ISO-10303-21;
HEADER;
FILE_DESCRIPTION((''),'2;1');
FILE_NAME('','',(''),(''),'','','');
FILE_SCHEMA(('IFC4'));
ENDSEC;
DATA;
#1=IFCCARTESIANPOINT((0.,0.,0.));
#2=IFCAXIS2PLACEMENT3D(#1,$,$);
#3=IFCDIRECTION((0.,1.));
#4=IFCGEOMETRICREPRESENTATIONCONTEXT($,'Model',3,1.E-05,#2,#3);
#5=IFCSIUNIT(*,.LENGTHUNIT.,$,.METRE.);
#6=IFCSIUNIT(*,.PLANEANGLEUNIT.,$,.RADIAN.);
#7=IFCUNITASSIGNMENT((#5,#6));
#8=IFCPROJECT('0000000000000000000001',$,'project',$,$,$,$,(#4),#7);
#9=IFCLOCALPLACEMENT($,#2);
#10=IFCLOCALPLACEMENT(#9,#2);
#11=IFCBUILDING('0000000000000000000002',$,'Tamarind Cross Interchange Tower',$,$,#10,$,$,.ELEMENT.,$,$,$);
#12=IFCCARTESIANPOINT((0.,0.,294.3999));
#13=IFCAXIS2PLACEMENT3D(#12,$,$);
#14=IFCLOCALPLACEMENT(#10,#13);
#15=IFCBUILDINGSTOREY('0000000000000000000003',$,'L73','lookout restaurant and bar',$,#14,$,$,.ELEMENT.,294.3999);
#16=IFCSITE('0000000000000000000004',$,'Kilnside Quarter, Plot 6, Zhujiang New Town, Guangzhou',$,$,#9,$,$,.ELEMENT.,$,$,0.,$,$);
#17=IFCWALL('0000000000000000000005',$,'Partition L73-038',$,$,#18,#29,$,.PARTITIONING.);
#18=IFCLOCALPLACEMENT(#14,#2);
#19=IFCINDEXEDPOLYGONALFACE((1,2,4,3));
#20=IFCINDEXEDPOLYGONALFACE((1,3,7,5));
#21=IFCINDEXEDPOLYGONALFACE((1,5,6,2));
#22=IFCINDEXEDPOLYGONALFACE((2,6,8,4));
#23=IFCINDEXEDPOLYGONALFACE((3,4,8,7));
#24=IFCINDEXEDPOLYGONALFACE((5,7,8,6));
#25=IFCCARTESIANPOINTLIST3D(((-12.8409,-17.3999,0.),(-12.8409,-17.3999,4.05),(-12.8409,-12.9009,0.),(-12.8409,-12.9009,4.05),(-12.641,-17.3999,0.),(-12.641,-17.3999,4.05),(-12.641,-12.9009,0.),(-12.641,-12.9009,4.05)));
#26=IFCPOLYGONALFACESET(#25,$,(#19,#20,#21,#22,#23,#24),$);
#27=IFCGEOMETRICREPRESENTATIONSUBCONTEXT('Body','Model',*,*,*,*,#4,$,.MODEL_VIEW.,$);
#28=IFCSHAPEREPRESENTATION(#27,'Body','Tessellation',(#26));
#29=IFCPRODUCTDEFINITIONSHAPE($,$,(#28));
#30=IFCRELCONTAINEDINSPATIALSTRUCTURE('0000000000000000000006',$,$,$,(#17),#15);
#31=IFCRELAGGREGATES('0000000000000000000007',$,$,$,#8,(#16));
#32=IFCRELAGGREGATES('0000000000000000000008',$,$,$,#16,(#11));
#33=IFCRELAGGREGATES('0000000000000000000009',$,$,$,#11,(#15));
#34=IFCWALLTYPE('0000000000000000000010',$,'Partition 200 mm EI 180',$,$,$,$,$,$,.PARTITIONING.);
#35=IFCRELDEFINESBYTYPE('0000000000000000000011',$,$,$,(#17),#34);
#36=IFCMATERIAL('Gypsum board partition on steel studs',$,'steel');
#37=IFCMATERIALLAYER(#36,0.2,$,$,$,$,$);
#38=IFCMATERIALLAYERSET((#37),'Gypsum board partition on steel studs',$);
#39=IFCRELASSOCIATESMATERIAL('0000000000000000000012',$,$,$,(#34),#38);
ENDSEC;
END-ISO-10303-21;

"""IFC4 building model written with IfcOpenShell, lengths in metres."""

from ifc_helpers import new_model, si_unit, direction, frame, frame_2d, origin, place, context, subcontext, project, spatial, rectangle, extrude, material, layer, layer_set, type_object, element, save


model = new_model("IFC4")

# Units and contexts
model_context = context("Model", 3, precision=1e-05, world=origin(), true_north=direction((0.0, 1.0)))
body_context = subcontext(model_context, "Body", "Model", "MODEL_VIEW")
ifc_project = project(units=[si_unit("LENGTHUNIT", "METRE"), si_unit("PLANEANGLEUNIT", "RADIAN")], contexts=[model_context])

# Site, building, storey
site_placement = place(None, origin())
site = spatial("IfcSite", under=ifc_project, at=site_placement, Name="Kilnside Quarter, Plot 6, Zhujiang New Town, Guangzhou", CompositionType="ELEMENT", RefElevation=0.0)
building_placement = place(site_placement, origin())
building = spatial("IfcBuilding", under=site, at=building_placement, Name="Tamarind Cross Interchange Tower", CompositionType="ELEMENT")
storey_placement = place(building_placement, frame((0.0, 0.0, 294.3999)))
storey = spatial("IfcBuildingStorey", under=building, at=storey_placement, Name="L73", Description="lookout restaurant and bar", CompositionType="ELEMENT", Elevation=294.3999)

# Wall
ifc_material_1 = material(Name="Gypsum board partition on steel studs", Category="steel")
ifc_layer_1 = layer(ifc_material_1, 0.2)
ifc_layer_set_1 = layer_set([ifc_layer_1], Name="Gypsum board partition on steel studs")
wall_type = type_object("IfcWallType", Name="Partition 200 mm EI 180", PredefinedType="PARTITIONING", material=ifc_layer_set_1)
wall_1_placement = place(storey_placement, frame((-12.741, -17.3999, 0.0), z_axis=(0.0, 0.0, 1.0), x_axis=(0.0, 1.0, 0.0)))
element("IfcWall", 1, at=wall_1_placement, inside=storey, type_object=wall_type, Name="Partition L73-038", PredefinedType="PARTITIONING", context=body_context, shape_type="SweptSolid", body=[
    extrude(rectangle(XDim=4.499, YDim=0.2, at=frame_2d((2.2495, 0.0))), origin(), (0.0, 0.0, 1.0), 4.05),
])

save(model, "model.ifc")
